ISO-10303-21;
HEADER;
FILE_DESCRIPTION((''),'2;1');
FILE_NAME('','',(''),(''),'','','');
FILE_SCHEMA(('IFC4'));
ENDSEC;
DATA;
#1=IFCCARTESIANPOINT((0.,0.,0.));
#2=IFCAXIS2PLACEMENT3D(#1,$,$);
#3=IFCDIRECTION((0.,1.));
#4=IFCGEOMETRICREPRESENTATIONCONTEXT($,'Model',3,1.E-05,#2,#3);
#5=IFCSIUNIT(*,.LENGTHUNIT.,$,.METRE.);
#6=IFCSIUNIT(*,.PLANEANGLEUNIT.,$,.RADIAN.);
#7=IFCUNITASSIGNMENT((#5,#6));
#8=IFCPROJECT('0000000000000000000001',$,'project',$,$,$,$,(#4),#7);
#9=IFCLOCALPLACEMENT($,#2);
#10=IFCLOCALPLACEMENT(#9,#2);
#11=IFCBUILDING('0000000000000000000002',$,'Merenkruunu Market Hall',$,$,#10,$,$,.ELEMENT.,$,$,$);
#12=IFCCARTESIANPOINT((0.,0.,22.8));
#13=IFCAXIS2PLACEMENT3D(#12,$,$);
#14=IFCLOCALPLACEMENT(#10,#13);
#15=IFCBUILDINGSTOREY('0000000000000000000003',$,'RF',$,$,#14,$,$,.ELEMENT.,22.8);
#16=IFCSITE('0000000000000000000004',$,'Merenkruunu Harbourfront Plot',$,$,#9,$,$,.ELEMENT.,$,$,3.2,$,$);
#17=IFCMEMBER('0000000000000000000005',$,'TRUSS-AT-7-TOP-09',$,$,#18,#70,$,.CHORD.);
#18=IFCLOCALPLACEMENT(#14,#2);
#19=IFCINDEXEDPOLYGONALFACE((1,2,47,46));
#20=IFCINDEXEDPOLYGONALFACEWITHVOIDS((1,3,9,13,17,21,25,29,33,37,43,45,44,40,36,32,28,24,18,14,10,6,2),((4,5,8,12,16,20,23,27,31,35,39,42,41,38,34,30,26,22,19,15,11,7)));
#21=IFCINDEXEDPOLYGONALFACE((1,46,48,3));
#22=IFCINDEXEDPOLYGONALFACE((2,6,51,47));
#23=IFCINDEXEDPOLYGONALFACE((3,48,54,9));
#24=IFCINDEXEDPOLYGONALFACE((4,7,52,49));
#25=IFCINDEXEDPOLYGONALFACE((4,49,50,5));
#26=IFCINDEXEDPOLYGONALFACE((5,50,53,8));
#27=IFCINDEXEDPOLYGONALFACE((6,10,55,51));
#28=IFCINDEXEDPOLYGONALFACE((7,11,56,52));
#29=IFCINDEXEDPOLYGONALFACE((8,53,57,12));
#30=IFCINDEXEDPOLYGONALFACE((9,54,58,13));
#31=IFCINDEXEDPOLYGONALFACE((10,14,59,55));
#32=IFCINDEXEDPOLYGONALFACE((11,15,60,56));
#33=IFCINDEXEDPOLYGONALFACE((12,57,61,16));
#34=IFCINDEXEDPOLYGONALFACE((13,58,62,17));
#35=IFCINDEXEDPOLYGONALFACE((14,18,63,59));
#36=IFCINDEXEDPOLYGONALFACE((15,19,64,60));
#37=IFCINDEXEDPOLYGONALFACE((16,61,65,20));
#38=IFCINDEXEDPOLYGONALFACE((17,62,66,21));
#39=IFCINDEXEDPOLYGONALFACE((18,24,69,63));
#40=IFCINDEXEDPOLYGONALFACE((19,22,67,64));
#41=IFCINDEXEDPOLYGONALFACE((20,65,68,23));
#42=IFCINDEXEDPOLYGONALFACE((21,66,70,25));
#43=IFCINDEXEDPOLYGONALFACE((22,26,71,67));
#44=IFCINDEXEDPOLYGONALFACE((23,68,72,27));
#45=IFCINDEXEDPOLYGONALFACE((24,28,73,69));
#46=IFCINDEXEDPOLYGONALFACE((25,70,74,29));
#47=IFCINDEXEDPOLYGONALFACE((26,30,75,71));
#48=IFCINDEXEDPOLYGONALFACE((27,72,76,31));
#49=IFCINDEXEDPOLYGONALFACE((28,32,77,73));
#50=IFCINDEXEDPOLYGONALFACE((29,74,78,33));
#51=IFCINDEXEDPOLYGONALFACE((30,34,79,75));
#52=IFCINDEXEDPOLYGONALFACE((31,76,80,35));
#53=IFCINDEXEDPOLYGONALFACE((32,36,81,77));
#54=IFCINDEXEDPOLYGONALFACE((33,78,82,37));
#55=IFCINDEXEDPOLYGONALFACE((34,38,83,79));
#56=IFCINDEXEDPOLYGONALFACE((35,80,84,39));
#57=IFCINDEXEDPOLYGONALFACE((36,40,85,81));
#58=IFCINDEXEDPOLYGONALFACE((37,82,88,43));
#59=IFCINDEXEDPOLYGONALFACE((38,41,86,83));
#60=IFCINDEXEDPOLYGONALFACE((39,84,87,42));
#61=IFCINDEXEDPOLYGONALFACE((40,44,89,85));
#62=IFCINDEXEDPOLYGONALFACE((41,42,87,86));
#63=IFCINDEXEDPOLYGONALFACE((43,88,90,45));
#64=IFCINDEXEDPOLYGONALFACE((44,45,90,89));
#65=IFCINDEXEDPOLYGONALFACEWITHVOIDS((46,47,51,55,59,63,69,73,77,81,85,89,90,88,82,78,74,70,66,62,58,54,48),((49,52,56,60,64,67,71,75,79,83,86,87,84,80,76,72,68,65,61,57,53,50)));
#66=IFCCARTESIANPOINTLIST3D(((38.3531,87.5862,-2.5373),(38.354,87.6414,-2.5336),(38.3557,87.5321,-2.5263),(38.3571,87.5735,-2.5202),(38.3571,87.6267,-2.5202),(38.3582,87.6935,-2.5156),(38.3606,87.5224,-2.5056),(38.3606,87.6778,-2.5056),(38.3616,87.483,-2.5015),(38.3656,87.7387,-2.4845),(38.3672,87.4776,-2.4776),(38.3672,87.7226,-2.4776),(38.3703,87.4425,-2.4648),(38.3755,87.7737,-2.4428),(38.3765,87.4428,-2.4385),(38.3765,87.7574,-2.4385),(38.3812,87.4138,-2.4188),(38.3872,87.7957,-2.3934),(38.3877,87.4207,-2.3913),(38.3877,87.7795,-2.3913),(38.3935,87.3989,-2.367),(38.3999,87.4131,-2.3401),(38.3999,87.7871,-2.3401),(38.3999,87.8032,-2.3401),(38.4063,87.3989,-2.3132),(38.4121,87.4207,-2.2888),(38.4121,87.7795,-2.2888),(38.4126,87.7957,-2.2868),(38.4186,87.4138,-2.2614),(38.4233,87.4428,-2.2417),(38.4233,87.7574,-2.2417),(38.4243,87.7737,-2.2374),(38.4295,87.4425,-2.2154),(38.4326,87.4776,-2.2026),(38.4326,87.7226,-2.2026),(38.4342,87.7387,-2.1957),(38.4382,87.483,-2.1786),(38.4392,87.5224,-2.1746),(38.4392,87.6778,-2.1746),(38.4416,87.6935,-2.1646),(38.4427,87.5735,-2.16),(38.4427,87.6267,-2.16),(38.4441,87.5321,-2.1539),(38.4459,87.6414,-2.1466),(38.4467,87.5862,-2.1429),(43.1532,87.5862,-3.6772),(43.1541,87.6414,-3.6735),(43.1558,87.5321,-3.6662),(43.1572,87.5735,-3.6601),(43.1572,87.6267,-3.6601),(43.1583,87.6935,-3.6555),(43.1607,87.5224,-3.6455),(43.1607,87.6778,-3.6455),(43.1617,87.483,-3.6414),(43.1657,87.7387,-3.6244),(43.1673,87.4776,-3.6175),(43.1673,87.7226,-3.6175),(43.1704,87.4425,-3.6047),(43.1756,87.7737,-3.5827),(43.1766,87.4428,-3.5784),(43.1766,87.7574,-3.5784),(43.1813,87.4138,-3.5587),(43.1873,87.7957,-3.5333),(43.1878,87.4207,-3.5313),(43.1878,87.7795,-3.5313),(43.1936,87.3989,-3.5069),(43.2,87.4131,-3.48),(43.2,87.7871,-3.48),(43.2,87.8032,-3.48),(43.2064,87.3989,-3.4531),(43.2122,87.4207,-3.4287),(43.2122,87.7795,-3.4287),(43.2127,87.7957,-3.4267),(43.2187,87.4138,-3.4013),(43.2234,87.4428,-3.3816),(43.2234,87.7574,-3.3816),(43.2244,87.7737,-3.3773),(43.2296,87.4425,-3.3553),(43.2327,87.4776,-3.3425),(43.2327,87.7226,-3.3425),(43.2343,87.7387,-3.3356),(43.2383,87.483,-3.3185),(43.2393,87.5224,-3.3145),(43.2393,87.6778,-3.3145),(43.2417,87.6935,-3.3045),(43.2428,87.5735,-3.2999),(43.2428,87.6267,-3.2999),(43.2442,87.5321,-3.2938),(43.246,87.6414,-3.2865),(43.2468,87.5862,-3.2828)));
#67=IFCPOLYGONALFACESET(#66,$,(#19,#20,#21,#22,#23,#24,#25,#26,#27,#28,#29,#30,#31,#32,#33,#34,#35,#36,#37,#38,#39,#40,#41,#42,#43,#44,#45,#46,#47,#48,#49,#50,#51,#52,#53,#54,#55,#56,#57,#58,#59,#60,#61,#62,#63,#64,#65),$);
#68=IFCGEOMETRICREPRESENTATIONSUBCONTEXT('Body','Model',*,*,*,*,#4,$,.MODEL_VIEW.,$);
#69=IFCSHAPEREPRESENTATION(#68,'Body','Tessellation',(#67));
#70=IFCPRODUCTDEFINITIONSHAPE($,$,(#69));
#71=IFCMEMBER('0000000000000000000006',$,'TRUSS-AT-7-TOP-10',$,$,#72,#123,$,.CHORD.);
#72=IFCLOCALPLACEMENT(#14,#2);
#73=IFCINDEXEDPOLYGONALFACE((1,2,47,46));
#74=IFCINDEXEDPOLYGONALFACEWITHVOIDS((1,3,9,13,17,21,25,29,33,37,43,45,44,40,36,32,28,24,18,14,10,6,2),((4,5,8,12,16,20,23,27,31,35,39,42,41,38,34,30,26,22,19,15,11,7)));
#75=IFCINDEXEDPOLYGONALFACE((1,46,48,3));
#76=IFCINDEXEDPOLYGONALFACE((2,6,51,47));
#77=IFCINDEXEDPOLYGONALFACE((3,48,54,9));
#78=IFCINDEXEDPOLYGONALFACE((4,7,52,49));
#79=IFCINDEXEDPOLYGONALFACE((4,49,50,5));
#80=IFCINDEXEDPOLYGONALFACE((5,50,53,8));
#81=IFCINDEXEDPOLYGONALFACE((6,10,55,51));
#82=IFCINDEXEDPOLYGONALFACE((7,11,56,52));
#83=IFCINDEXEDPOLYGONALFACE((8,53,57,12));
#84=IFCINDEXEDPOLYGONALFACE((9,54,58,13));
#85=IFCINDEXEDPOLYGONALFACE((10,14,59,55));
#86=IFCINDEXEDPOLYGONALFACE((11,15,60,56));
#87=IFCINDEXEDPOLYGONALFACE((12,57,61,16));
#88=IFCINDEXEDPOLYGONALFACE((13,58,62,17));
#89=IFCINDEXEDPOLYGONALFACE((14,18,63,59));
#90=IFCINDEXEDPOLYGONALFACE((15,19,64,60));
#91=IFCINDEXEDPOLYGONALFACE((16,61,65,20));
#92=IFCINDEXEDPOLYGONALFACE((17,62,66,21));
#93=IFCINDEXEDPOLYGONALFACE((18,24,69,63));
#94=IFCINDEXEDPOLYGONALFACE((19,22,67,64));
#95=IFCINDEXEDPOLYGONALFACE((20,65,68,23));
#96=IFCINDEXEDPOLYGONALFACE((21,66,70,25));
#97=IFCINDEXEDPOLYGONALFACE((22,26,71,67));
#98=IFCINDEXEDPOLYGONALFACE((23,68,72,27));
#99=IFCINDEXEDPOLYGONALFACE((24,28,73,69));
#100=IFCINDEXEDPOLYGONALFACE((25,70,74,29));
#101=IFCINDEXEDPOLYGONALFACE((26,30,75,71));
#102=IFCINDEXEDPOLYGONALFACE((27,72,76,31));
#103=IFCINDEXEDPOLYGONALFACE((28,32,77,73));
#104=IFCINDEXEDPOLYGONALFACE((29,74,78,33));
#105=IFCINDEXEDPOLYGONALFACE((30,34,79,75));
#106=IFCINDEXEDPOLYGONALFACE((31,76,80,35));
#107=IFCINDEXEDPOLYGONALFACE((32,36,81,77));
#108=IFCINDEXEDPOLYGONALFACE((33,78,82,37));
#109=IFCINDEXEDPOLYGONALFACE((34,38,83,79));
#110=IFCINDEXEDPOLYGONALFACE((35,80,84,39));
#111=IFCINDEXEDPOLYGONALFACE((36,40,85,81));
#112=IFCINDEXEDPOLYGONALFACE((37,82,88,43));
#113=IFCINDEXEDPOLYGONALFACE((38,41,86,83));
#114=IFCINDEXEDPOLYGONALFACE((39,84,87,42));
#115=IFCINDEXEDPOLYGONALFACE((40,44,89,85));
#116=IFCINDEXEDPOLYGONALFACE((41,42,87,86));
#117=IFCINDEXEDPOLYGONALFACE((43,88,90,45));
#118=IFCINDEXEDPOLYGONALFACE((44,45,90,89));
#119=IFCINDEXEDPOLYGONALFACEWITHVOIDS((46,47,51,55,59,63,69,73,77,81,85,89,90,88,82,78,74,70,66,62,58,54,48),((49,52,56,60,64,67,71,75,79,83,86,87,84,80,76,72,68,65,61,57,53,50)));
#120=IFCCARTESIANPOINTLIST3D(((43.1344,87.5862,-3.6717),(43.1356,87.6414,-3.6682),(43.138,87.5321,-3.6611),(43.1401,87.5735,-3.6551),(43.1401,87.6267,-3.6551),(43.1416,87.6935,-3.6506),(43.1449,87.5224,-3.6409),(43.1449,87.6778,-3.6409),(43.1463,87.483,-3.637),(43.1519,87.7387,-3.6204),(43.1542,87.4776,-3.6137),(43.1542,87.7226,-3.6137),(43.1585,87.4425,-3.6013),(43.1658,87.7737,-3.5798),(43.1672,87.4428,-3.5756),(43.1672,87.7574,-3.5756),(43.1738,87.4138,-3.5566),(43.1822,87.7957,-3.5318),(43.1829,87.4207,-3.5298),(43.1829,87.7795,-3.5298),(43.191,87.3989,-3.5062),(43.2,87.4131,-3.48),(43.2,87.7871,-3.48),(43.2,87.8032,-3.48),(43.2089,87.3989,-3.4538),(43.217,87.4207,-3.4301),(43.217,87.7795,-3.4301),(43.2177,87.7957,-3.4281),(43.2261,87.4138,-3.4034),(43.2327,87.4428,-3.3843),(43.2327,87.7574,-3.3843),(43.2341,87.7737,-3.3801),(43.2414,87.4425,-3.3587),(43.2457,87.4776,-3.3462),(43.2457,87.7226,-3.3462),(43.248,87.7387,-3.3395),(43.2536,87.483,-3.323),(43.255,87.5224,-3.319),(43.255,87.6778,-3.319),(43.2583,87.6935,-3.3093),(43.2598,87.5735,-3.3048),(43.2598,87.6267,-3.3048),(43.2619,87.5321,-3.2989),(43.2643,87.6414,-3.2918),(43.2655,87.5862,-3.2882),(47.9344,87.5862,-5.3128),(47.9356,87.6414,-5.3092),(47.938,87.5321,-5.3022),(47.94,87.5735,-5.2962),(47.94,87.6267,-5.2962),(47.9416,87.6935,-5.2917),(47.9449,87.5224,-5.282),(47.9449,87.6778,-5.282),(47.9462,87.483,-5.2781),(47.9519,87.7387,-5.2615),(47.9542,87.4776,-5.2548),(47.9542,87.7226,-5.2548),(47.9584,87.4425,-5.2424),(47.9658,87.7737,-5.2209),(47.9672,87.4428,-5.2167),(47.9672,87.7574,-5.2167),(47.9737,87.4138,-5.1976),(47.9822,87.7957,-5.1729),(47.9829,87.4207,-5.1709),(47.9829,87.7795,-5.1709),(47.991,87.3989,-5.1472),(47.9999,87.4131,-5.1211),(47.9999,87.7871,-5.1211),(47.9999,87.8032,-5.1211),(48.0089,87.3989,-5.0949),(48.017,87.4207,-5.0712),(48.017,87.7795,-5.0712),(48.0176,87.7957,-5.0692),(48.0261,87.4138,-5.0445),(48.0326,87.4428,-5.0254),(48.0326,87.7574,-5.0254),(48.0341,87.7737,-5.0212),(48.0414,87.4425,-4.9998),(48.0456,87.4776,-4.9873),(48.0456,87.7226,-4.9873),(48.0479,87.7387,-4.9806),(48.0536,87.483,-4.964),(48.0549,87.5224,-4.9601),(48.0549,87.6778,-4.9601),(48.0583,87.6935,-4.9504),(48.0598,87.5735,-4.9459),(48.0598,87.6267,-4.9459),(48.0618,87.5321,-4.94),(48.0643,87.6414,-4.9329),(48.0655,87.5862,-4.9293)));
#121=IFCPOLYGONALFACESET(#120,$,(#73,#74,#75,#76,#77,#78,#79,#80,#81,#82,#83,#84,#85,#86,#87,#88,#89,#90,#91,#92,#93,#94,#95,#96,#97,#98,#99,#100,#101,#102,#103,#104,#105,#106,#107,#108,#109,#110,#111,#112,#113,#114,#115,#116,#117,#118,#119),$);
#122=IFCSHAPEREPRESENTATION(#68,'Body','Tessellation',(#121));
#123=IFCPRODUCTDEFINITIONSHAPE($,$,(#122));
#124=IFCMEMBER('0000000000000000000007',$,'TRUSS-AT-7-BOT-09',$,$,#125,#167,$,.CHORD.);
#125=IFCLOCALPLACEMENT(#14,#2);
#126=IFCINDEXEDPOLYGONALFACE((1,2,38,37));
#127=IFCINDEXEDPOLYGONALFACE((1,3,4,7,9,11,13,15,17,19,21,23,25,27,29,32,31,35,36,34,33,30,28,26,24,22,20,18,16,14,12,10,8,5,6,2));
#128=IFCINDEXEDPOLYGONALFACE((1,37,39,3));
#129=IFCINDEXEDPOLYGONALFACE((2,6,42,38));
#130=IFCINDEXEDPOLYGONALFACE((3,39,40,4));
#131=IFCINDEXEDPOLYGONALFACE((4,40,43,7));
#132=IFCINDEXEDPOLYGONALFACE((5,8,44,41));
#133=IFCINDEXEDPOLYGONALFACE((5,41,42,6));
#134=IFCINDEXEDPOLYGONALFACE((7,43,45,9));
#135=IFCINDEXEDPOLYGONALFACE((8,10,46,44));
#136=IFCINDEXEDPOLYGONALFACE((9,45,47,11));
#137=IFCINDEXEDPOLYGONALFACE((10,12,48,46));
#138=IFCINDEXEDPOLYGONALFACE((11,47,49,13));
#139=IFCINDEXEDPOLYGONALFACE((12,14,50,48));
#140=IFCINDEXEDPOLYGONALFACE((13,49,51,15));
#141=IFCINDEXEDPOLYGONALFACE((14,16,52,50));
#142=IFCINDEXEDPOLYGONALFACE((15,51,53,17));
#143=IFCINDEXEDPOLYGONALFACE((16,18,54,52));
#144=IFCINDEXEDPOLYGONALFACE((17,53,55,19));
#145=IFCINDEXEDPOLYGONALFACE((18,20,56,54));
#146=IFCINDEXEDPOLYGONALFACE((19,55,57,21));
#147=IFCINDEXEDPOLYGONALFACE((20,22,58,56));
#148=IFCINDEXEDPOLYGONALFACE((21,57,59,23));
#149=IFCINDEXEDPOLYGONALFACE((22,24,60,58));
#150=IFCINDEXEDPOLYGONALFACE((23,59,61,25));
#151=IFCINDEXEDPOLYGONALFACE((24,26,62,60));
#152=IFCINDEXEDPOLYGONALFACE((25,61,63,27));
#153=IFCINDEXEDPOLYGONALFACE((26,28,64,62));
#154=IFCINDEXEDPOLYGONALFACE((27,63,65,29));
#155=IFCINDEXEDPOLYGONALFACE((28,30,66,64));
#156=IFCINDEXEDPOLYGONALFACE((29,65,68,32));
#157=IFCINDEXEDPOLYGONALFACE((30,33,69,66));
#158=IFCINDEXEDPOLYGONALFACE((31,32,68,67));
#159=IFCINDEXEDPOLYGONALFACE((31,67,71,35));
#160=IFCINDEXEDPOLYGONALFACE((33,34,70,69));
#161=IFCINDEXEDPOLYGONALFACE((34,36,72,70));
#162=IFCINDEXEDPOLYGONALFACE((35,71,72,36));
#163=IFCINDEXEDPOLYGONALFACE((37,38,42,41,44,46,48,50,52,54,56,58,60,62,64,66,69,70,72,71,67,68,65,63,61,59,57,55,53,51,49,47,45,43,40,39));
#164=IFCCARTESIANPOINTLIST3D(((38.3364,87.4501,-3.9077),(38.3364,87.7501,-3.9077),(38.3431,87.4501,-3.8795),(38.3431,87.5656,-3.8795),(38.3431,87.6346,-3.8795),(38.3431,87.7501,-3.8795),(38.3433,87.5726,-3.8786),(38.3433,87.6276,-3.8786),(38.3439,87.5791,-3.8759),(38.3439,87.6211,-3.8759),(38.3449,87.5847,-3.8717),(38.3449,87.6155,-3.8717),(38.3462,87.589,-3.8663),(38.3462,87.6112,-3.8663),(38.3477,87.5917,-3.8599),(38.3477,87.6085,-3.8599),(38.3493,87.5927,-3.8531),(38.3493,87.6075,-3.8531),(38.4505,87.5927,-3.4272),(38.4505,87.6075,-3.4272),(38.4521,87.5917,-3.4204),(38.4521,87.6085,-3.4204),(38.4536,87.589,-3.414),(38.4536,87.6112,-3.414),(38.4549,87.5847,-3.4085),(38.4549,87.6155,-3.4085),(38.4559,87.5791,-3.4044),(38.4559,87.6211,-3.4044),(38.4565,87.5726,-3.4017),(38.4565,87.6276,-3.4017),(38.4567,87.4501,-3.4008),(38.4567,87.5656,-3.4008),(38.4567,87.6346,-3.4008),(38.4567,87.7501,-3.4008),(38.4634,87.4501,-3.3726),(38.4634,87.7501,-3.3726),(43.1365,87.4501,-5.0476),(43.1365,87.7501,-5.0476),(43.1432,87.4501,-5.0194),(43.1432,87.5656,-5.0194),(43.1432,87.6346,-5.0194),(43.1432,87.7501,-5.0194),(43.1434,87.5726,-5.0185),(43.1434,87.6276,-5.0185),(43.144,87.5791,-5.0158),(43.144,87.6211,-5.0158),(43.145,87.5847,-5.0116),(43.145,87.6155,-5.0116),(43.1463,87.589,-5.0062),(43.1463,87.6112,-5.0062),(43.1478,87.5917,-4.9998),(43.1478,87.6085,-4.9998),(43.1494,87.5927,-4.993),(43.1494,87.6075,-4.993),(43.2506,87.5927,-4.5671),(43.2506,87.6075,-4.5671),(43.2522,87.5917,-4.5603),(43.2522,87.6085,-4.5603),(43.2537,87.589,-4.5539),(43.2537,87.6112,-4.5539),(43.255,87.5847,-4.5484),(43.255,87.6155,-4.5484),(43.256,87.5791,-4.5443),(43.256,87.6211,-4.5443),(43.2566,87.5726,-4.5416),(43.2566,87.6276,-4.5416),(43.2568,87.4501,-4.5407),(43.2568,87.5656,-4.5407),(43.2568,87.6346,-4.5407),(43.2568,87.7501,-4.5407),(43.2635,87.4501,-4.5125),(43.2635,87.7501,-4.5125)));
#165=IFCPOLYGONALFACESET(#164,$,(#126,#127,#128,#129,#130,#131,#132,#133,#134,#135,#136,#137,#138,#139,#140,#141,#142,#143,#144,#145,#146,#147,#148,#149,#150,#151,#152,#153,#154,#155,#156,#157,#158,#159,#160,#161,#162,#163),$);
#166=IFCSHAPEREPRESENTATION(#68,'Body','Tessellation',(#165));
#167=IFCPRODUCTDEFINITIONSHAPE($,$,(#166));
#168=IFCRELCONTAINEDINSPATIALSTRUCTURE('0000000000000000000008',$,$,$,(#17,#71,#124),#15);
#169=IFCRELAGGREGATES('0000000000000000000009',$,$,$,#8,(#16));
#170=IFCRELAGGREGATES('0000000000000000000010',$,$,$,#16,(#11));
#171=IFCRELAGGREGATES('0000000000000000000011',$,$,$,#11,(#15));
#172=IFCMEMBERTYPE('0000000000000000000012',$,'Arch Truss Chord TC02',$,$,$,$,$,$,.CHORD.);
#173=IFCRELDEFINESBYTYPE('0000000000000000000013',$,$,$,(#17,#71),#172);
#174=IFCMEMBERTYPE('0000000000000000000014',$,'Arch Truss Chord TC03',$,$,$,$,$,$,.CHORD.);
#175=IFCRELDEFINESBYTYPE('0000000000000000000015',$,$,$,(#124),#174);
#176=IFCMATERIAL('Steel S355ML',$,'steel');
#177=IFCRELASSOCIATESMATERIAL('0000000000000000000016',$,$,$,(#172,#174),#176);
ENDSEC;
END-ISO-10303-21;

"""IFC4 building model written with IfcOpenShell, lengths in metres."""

from ifc_helpers import new_model, si_unit, direction, frame, origin, origin_2d, place, context, subcontext, project, spatial, hollow_circle, i_section, extrude, material, material_profile, profile_set, type_object, element, save


model = new_model("IFC4")

# Units and contexts
model_context = context("Model", 3, precision=1e-05, world=origin(), true_north=direction((0.0, 1.0)))
body_context = subcontext(model_context, "Body", "Model", "MODEL_VIEW")
ifc_project = project(units=[si_unit("LENGTHUNIT", "METRE"), si_unit("PLANEANGLEUNIT", "RADIAN")], contexts=[model_context])

# Site, building, storey
site_placement = place(None, origin())
site = spatial("IfcSite", under=ifc_project, at=site_placement, Name="Merenkruunu Harbourfront Plot", CompositionType="ELEMENT", RefElevation=3.2)
building_placement = place(site_placement, origin())
building = spatial("IfcBuilding", under=site, at=building_placement, Name="Merenkruunu Market Hall", CompositionType="ELEMENT")
storey_placement = place(building_placement, frame((0.0, 0.0, 22.8)))
storey = spatial("IfcBuildingStorey", under=building, at=storey_placement, Name="RF", CompositionType="ELEMENT", Elevation=22.8)

# Members
ifc_material_1 = material(Name="Steel S355ML", Category="steel")
ifc_material_profile_1 = material_profile(ifc_material_1, hollow_circle(Radius=0.2031, WallThickness=0.0161, at=origin_2d()), Name="CHS 406.4x16")
ifc_profile_set_1 = profile_set([ifc_material_profile_1], Name="Steel S355ML")
member_type_1 = type_object("IfcMemberType", Name="Arch Truss Chord TC02", PredefinedType="CHORD", material=ifc_profile_set_1)
member_1_placement = place(storey_placement, frame((38.3999, 87.6001, -2.3401), z_axis=(0.972942, 0.0, -0.23105), x_axis=(0.0, 1.0, 0.0)))
element("IfcMember", 1, at=member_1_placement, inside=storey, type_object=member_type_1, Name="TRUSS-AT-7-TOP-09", PredefinedType="CHORD", context=body_context, shape_type="SweptSolid", body=[
    extrude(hollow_circle(Radius=0.2031, WallThickness=0.0161, at=origin_2d()), origin(), (0.0, 0.0, 1.0), 4.9336),
])
member_2_placement = place(storey_placement, frame((43.2, 87.6001, -3.48), z_axis=(0.946225, 0.0, -0.32351), x_axis=(0.0, 1.0, 0.0)))
element("IfcMember", 2, at=member_2_placement, inside=storey, type_object=member_type_1, Name="TRUSS-AT-7-TOP-10", PredefinedType="CHORD", context=body_context, shape_type="SweptSolid", body=[
    extrude(hollow_circle(Radius=0.2031, WallThickness=0.0161, at=origin_2d()), origin(), (0.0, 0.0, 1.0), 5.0728),
])
ifc_material_profile_2 = material_profile(ifc_material_1, i_section(OverallWidth=0.3, OverallDepth=0.55, WebThickness=0.0149, FlangeThickness=0.0291, FilletRadius=0.0271, at=origin_2d()), Name="HEB 550")
ifc_profile_set_2 = profile_set([ifc_material_profile_2], Name="Steel S355ML")
member_type_2 = type_object("IfcMemberType", Name="Arch Truss Chord TC03", PredefinedType="CHORD", material=ifc_profile_set_2)
member_3_placement = place(storey_placement, frame((38.3999, 87.6001, -3.6401), z_axis=(0.972942, 0.0, -0.23105), x_axis=(0.0, 1.0, 0.0)))
element("IfcMember", 3, at=member_3_placement, inside=storey, type_object=member_type_2, Name="TRUSS-AT-7-BOT-09", PredefinedType="CHORD", context=body_context, shape_type="SweptSolid", body=[
    extrude(i_section(OverallWidth=0.3, OverallDepth=0.55, WebThickness=0.0149, FlangeThickness=0.0291, FilletRadius=0.0271, at=origin_2d()), origin(), (0.0, 0.0, 1.0), 4.9336),
])

save(model, "model.ifc")
